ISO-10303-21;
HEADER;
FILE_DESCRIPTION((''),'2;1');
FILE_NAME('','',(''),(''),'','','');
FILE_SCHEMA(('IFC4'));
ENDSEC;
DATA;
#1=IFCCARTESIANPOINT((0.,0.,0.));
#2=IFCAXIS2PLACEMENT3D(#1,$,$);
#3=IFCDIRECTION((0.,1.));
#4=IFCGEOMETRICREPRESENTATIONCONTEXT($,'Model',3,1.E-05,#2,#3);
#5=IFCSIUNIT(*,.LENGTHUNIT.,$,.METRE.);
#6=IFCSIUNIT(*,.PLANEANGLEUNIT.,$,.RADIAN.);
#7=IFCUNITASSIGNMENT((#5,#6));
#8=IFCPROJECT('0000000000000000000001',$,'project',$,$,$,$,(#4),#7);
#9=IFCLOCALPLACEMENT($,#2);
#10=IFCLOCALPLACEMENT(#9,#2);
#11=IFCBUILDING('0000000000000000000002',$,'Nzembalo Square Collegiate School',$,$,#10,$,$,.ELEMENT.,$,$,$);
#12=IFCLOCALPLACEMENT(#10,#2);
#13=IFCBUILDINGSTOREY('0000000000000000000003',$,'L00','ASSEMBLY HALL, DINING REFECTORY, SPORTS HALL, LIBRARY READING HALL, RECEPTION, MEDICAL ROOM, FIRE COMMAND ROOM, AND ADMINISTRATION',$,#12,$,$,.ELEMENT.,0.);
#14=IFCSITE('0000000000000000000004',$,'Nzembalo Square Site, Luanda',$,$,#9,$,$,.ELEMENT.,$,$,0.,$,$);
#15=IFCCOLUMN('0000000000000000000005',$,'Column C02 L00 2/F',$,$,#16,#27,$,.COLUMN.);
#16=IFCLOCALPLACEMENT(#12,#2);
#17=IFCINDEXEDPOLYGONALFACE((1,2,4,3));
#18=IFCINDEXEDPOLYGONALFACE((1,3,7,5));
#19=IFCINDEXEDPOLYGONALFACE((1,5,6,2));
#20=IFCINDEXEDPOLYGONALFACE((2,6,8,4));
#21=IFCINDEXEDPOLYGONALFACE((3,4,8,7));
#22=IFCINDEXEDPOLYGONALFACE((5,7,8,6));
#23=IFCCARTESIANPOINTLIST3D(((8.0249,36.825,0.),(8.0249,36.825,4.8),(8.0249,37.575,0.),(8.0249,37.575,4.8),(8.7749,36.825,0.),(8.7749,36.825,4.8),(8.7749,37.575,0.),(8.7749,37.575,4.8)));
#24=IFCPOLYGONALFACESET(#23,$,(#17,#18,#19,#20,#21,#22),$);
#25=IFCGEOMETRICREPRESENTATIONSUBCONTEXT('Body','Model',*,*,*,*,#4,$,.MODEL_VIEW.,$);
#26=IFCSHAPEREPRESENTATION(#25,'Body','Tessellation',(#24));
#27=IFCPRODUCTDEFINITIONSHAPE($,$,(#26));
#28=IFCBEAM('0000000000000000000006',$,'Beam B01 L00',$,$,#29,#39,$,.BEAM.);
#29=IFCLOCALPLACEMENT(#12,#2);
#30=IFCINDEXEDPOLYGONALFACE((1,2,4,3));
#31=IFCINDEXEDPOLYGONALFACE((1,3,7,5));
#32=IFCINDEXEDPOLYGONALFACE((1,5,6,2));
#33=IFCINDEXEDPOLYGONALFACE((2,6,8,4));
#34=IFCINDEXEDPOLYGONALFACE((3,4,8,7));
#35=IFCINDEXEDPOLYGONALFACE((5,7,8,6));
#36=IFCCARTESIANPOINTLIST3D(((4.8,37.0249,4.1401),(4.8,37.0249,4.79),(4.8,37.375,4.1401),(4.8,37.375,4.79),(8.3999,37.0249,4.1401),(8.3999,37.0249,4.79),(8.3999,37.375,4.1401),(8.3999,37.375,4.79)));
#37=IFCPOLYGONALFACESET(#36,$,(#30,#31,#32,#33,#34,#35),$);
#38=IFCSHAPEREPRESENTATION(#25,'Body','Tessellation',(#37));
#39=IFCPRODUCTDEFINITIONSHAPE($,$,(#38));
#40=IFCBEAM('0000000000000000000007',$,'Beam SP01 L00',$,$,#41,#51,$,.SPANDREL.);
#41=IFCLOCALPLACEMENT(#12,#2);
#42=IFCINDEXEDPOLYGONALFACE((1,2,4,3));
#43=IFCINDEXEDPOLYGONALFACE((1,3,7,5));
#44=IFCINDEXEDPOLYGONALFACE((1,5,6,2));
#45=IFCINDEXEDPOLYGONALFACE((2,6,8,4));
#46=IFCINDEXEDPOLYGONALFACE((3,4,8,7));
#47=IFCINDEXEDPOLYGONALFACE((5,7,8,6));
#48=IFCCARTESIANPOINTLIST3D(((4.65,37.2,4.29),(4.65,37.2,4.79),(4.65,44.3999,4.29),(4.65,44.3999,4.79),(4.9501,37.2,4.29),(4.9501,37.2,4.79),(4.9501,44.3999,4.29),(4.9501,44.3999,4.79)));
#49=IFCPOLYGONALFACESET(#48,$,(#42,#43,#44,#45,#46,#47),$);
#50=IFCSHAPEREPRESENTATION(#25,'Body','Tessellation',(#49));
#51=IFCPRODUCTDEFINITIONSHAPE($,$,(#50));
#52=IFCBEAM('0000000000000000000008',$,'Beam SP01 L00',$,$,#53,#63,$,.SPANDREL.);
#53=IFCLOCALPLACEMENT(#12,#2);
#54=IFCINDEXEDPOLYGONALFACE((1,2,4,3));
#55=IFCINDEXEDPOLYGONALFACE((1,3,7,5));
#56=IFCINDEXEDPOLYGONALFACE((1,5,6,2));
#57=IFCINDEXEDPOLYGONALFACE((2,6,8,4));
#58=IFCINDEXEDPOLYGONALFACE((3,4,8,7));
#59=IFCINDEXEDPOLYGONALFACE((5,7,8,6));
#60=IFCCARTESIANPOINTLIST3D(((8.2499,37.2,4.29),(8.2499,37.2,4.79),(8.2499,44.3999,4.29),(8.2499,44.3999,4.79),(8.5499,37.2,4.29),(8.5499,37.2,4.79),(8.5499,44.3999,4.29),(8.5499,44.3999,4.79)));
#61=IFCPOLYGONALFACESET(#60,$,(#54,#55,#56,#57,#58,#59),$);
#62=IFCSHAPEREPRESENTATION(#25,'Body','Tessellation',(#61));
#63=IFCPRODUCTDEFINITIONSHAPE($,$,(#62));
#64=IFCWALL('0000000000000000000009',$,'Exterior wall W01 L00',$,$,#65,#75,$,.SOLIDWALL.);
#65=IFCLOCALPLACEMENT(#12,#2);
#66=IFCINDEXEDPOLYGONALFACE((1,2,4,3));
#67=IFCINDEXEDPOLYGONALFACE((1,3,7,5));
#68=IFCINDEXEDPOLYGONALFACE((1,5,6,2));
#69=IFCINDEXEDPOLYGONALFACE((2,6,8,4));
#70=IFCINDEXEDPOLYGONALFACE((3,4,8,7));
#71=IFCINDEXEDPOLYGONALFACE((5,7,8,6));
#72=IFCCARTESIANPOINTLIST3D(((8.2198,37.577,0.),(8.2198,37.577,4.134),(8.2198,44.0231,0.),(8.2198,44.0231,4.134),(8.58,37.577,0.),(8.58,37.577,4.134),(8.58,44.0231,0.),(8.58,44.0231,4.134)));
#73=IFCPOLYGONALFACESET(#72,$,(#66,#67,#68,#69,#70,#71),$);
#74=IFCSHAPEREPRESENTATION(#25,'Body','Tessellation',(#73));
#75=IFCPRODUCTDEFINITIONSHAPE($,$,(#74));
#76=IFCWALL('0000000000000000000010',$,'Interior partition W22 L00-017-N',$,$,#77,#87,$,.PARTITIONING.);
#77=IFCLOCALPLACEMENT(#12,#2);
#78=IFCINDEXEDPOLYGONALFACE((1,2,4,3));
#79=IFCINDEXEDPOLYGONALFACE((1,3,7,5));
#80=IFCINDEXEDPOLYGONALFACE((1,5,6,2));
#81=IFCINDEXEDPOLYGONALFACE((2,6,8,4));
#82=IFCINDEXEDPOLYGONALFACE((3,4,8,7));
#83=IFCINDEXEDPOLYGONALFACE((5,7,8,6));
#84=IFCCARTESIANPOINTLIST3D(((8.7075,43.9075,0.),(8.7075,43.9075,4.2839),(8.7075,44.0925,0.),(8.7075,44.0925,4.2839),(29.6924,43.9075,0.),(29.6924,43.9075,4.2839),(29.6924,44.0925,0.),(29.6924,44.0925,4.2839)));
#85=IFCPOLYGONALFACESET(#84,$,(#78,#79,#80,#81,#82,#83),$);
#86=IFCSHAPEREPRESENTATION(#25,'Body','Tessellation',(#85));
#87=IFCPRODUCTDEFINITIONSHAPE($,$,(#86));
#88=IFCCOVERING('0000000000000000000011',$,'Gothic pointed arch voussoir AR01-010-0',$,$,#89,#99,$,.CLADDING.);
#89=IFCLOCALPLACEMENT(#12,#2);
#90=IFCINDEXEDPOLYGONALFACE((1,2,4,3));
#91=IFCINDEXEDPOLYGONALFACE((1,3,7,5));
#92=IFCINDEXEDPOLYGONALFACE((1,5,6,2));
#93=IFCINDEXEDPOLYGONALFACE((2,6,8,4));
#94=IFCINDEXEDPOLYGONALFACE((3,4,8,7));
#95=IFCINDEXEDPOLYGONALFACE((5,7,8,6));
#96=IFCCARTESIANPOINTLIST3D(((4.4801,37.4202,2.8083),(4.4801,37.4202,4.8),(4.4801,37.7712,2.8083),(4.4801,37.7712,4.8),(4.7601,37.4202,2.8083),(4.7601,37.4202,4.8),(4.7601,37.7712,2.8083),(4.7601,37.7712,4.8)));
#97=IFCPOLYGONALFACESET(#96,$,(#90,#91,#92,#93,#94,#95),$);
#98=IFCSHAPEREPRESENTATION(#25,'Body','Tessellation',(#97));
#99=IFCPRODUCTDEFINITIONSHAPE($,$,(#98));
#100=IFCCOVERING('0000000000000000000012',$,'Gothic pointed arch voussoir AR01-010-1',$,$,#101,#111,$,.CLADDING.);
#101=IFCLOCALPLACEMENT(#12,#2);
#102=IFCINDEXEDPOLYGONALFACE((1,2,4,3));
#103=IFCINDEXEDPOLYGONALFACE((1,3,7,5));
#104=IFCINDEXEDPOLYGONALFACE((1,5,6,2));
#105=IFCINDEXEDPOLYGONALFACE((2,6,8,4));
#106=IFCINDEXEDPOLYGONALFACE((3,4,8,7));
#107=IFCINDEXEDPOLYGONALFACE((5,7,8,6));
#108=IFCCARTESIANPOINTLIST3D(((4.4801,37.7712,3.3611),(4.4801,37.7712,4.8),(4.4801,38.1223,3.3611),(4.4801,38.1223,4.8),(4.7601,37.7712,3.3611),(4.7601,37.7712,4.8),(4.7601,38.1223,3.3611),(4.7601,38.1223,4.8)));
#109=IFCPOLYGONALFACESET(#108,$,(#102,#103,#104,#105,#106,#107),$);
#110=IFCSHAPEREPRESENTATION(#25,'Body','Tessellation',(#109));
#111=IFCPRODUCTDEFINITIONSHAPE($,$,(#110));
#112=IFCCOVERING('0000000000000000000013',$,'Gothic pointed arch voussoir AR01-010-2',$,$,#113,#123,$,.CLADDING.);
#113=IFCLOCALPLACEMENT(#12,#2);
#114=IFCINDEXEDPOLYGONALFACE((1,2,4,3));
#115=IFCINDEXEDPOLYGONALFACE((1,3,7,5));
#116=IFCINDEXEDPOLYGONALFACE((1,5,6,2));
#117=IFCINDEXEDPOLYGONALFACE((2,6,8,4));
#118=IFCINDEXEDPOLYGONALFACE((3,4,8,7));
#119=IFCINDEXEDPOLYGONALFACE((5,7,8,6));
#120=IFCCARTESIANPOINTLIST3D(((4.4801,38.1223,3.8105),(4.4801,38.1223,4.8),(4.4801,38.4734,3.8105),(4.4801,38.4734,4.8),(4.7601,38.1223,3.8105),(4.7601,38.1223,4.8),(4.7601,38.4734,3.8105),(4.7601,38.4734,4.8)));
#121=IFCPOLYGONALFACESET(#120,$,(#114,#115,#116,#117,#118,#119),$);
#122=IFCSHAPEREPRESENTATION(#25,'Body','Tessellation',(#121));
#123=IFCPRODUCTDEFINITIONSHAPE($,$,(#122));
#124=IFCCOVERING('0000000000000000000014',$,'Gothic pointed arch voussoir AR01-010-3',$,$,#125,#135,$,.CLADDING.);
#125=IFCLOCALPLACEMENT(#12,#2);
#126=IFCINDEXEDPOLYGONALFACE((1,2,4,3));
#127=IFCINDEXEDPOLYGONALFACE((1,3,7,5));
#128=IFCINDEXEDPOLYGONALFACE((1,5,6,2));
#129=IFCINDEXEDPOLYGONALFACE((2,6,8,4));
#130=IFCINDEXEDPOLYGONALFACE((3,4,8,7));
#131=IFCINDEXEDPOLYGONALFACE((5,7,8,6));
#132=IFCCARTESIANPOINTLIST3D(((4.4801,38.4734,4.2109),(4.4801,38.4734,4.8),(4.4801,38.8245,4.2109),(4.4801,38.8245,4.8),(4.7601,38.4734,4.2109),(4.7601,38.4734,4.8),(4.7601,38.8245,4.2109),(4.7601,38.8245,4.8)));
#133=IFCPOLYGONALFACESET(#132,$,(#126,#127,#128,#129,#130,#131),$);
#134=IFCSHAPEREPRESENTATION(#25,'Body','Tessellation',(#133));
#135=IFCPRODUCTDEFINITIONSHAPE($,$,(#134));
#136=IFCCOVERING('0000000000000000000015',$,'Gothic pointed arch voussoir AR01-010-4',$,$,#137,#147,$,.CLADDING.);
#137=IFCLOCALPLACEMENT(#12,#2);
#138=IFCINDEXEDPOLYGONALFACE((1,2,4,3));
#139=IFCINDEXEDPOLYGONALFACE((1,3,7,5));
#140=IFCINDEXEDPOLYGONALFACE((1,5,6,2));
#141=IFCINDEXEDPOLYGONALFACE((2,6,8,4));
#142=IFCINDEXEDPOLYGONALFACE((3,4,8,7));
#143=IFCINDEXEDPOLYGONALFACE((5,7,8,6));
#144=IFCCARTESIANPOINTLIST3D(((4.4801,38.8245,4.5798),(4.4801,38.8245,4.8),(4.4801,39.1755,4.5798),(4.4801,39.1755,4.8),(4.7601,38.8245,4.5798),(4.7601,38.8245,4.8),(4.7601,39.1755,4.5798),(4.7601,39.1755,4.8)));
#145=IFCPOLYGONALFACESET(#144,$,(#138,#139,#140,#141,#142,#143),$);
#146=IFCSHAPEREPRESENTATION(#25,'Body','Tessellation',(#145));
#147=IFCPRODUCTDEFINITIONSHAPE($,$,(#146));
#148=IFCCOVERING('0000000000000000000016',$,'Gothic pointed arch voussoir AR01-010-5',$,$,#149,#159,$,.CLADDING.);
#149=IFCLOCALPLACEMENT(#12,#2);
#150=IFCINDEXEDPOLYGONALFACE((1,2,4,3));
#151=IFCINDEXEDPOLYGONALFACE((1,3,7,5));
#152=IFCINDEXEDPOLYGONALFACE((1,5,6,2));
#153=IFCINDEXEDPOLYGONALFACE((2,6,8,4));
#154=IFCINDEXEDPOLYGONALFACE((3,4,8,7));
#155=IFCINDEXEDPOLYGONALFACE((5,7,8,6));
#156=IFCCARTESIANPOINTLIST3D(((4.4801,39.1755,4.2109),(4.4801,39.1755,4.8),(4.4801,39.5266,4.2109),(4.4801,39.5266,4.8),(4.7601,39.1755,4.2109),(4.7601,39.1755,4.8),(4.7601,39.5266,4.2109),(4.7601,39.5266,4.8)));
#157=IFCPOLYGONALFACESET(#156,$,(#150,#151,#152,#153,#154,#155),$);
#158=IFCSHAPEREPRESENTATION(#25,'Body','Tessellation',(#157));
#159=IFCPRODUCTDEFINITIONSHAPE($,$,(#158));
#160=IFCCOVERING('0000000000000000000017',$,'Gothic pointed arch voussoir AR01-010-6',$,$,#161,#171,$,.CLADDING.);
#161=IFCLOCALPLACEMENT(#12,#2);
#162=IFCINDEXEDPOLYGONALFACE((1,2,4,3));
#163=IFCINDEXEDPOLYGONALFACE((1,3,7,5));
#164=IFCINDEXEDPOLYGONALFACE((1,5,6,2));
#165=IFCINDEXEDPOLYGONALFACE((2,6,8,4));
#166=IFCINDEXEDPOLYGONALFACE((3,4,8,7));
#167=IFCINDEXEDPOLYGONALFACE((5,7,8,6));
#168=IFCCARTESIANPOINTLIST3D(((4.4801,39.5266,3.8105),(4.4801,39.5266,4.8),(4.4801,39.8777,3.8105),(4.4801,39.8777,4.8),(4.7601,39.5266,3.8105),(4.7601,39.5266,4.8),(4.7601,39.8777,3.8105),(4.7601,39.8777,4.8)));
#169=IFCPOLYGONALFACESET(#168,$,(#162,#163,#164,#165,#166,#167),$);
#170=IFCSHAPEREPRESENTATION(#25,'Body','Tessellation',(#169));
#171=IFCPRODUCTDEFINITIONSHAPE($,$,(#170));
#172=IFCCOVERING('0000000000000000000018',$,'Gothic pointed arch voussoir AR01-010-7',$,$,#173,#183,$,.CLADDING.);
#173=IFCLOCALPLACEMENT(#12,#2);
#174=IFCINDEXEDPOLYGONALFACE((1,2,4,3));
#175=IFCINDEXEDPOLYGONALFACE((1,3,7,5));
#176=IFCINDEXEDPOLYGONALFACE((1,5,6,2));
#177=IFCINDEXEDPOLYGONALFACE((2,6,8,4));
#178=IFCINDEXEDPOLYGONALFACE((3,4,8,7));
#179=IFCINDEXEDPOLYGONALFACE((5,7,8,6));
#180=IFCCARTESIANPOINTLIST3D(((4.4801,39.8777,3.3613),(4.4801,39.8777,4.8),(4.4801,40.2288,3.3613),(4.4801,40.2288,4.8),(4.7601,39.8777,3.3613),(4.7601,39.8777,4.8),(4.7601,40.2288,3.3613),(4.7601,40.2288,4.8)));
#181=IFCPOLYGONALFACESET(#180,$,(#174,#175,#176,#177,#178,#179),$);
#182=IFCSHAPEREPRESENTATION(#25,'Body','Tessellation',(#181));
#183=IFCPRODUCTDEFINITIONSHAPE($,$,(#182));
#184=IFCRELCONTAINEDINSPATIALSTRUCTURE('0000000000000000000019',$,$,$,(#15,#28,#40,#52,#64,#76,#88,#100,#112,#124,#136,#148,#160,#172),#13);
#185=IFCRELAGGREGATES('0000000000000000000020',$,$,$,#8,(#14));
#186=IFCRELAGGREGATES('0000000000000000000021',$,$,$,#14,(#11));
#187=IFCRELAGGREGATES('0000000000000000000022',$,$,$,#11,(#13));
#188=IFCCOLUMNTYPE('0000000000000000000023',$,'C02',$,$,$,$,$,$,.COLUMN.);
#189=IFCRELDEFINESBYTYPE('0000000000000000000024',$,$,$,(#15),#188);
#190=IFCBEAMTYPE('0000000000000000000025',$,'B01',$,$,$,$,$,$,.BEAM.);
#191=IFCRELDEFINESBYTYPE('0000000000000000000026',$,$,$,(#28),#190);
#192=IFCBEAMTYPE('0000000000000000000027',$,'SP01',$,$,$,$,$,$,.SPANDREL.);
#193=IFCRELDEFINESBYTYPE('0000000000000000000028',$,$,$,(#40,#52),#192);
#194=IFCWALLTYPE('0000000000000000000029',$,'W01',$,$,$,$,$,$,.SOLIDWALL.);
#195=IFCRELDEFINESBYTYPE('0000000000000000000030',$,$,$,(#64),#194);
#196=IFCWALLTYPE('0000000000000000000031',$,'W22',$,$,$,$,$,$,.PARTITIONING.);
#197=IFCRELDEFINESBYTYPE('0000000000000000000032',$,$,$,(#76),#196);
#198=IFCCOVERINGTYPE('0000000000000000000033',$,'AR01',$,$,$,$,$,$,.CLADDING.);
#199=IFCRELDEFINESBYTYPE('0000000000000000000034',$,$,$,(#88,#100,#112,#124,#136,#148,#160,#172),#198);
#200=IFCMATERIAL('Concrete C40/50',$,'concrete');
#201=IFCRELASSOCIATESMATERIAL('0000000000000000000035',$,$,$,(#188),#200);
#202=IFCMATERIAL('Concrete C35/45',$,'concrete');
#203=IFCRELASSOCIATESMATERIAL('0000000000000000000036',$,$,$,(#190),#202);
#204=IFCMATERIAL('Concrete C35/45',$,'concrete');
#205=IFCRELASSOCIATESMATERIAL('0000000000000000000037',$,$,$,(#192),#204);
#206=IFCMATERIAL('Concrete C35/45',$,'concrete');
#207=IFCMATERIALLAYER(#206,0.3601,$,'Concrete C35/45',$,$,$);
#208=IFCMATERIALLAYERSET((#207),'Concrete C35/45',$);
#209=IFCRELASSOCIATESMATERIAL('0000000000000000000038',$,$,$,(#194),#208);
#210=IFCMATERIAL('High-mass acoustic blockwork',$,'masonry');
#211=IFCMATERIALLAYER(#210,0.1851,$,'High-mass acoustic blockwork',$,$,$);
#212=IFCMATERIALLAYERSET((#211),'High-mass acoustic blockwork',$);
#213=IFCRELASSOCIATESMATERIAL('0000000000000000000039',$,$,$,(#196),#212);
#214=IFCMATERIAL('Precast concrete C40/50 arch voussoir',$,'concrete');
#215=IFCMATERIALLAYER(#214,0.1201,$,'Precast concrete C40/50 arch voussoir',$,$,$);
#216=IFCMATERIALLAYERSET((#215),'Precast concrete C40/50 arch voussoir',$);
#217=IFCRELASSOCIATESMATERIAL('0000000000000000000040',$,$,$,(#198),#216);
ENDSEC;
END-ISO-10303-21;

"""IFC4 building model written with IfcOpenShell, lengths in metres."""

from ifc_helpers import new_model, si_unit, direction, frame, frame_2d, origin, origin_2d, place, context, subcontext, project, spatial, rectangle, extrude, material, layer, layer_set, material_profile, profile_set, type_object, element, save


model = new_model("IFC4")

# Units and contexts
model_context = context("Model", 3, precision=1e-05, world=origin(), true_north=direction((0.0, 1.0)))
body_context = subcontext(model_context, "Body", "Model", "MODEL_VIEW")
ifc_project = project(units=[si_unit("LENGTHUNIT", "METRE"), si_unit("PLANEANGLEUNIT", "RADIAN")], contexts=[model_context])

# Site, building, storey
site_placement = place(None, origin())
site = spatial("IfcSite", under=ifc_project, at=site_placement, Name="Nzembalo Square Site, Luanda", CompositionType="ELEMENT", RefElevation=0.0)
building_placement = place(site_placement, origin())
building = spatial("IfcBuilding", under=site, at=building_placement, Name="Nzembalo Square Collegiate School", CompositionType="ELEMENT")
storey_placement = place(building_placement, origin())
storey = spatial("IfcBuildingStorey", under=building, at=storey_placement, Name="L00", Description="ASSEMBLY HALL, DINING REFECTORY, SPORTS HALL, LIBRARY READING HALL, RECEPTION, MEDICAL ROOM, FIRE COMMAND ROOM, AND ADMINISTRATION", CompositionType="ELEMENT", Elevation=0.0)

# Column
ifc_material_1 = material(Name="Concrete C40/50", Category="concrete")
ifc_material_profile_1 = material_profile(ifc_material_1, rectangle(XDim=0.75, YDim=0.75, at=origin_2d()), Name="RC 750x750")
ifc_profile_set_1 = profile_set([ifc_material_profile_1], Name="Concrete C40/50")
column_type = type_object("IfcColumnType", Name="C02", PredefinedType="COLUMN", material=ifc_profile_set_1)
column_placement = place(storey_placement, frame((8.3999, 37.2, 0.0), z_axis=(0.0, 0.0, 1.0), x_axis=(1.0, 0.0, 0.0)))
element("IfcColumn", 1, at=column_placement, inside=storey, type_object=column_type, Name="Column C02 L00 2/F", PredefinedType="COLUMN", context=body_context, shape_type="SweptSolid", body=[
    extrude(rectangle(XDim=0.75, YDim=0.75, at=origin_2d()), origin(), (0.0, 0.0, 1.0), 4.8),
])

# Beams
ifc_material_2 = material(Name="Concrete C35/45", Category="concrete")
ifc_material_profile_2 = material_profile(ifc_material_2, rectangle(XDim=0.3501, YDim=0.6499, at=origin_2d()), Name="RC 350x650")
ifc_profile_set_2 = profile_set([ifc_material_profile_2], Name="Concrete C35/45")
beam_type_1 = type_object("IfcBeamType", Name="B01", PredefinedType="BEAM", material=ifc_profile_set_2)
beam_placement = place(storey_placement, frame((4.8, 37.2, 4.4651), z_axis=(1.0, 0.0, 0.0), x_axis=(0.0, 1.0, 0.0)))
element("IfcBeam", 2, at=beam_placement, inside=storey, type_object=beam_type_1, Name="Beam B01 L00", PredefinedType="BEAM", context=body_context, shape_type="SweptSolid", body=[
    extrude(rectangle(XDim=0.3501, YDim=0.6499, at=origin_2d()), origin(), (0.0, 0.0, 1.0), 3.5999),
])
ifc_material_3 = material(Name="Concrete C35/45", Category="concrete")
ifc_material_profile_3 = material_profile(ifc_material_3, rectangle(XDim=0.3, YDim=0.5, at=origin_2d()), Name="RC 300x500")
ifc_profile_set_3 = profile_set([ifc_material_profile_3], Name="Concrete C35/45")
beam_type_2 = type_object("IfcBeamType", Name="SP01", PredefinedType="SPANDREL", material=ifc_profile_set_3)
for number, where, z_axis, x_axis, name in (
    (3, (4.8, 37.2, 4.54), (0.0, 1.0, 0.0), (-1.0, 0.0, 0.0), "Beam SP01 L00"),
    (4, (8.3999, 37.2, 4.54), (0.0, 1.0, 0.0), (-1.0, 0.0, 0.0), "Beam SP01 L00"),
):
    element("IfcBeam", number, at=place(storey_placement, frame(where, z_axis=z_axis, x_axis=x_axis)), inside=storey, type_object=beam_type_2, Name=name, PredefinedType="SPANDREL", context=body_context, shape_type="SweptSolid", body=[
        extrude(rectangle(XDim=0.3, YDim=0.5, at=origin_2d()), origin(), (0.0, 0.0, 1.0), 7.2),
    ])

# Walls
ifc_material_4 = material(Name="Concrete C35/45", Category="concrete")
ifc_layer_1 = layer(ifc_material_4, 0.3601, Name="Concrete C35/45")
ifc_layer_set_1 = layer_set([ifc_layer_1], Name="Concrete C35/45")
wall_type_1 = type_object("IfcWallType", Name="W01", PredefinedType="SOLIDWALL", material=ifc_layer_set_1)
wall_1_placement = place(storey_placement, frame((8.3999, 37.5769, 0.0), z_axis=(0.0, 0.0, 1.0), x_axis=(0.0, 1.0, 0.0)))
element("IfcWall", 5, at=wall_1_placement, inside=storey, type_object=wall_type_1, Name="Exterior wall W01 L00", PredefinedType="SOLIDWALL", context=body_context, shape_type="SweptSolid", body=[
    extrude(rectangle(XDim=6.446, YDim=0.3601, at=frame_2d((3.2231, 0.0))), origin(), (0.0, 0.0, 1.0), 4.134),
])
ifc_material_5 = material(Name="High-mass acoustic blockwork", Category="masonry")
ifc_layer_2 = layer(ifc_material_5, 0.1851, Name="High-mass acoustic blockwork")
ifc_layer_set_2 = layer_set([ifc_layer_2], Name="High-mass acoustic blockwork")
wall_type_2 = type_object("IfcWallType", Name="W22", PredefinedType="PARTITIONING", material=ifc_layer_set_2)
wall_2_placement = place(storey_placement, frame((8.7075, 44.0, 0.0), z_axis=(0.0, 0.0, 1.0), x_axis=(1.0, 0.0, 0.0)))
element("IfcWall", 6, at=wall_2_placement, inside=storey, type_object=wall_type_2, Name="Interior partition W22 L00-017-N", PredefinedType="PARTITIONING", context=body_context, shape_type="SweptSolid", body=[
    extrude(rectangle(XDim=20.9849, YDim=0.1851, at=frame_2d((10.4924, 0.0))), origin(), (0.0, 0.0, 1.0), 4.2839),
])

# Coverings
ifc_material_6 = material(Name="Precast concrete C40/50 arch voussoir", Category="concrete")
ifc_layer_3 = layer(ifc_material_6, 0.1201, Name="Precast concrete C40/50 arch voussoir")
ifc_layer_set_3 = layer_set([ifc_layer_3], Name="Precast concrete C40/50 arch voussoir")
covering_type = type_object("IfcCoveringType", Name="AR01", PredefinedType="CLADDING", material=ifc_layer_set_3)
covering_1_placement = place(storey_placement, frame((4.6201, 37.5957, 2.8083), z_axis=(0.0, 0.0, 1.0), x_axis=(1.0, 0.0, 0.0)))
element("IfcCovering", 7, at=covering_1_placement, inside=storey, type_object=covering_type, Name="Gothic pointed arch voussoir AR01-010-0", PredefinedType="CLADDING", context=body_context, shape_type="SweptSolid", body=[
    extrude(rectangle(XDim=0.28, YDim=0.3511, at=origin_2d()), origin(), (0.0, 0.0, 1.0), 1.9917),
])
covering_2_placement = place(storey_placement, frame((4.6201, 37.9468, 3.3611), z_axis=(0.0, 0.0, 1.0), x_axis=(1.0, 0.0, 0.0)))
element("IfcCovering", 8, at=covering_2_placement, inside=storey, type_object=covering_type, Name="Gothic pointed arch voussoir AR01-010-1", PredefinedType="CLADDING", context=body_context, shape_type="SweptSolid", body=[
    extrude(rectangle(XDim=0.28, YDim=0.3511, at=origin_2d()), origin(), (0.0, 0.0, 1.0), 1.439),
])
covering_3_placement = place(storey_placement, frame((4.6201, 38.2979, 3.8105), z_axis=(0.0, 0.0, 1.0), x_axis=(1.0, 0.0, 0.0)))
element("IfcCovering", 9, at=covering_3_placement, inside=storey, type_object=covering_type, Name="Gothic pointed arch voussoir AR01-010-2", PredefinedType="CLADDING", context=body_context, shape_type="SweptSolid", body=[
    extrude(rectangle(XDim=0.28, YDim=0.3511, at=origin_2d()), origin(), (0.0, 0.0, 1.0), 0.9895),
])
covering_4_placement = place(storey_placement, frame((4.6201, 38.6489, 4.2109), z_axis=(0.0, 0.0, 1.0), x_axis=(1.0, 0.0, 0.0)))
element("IfcCovering", 10, at=covering_4_placement, inside=storey, type_object=covering_type, Name="Gothic pointed arch voussoir AR01-010-3", PredefinedType="CLADDING", context=body_context, shape_type="SweptSolid", body=[
    extrude(rectangle(XDim=0.28, YDim=0.3511, at=origin_2d()), origin(), (0.0, 0.0, 1.0), 0.5891),
])
covering_5_placement = place(storey_placement, frame((4.6201, 39.0, 4.5798), z_axis=(0.0, 0.0, 1.0), x_axis=(1.0, 0.0, 0.0)))
element("IfcCovering", 11, at=covering_5_placement, inside=storey, type_object=covering_type, Name="Gothic pointed arch voussoir AR01-010-4", PredefinedType="CLADDING", context=body_context, shape_type="SweptSolid", body=[
    extrude(rectangle(XDim=0.28, YDim=0.3511, at=origin_2d()), origin(), (0.0, 0.0, 1.0), 0.2202),
])
covering_6_placement = place(storey_placement, frame((4.6201, 39.3511, 4.2109), z_axis=(0.0, 0.0, 1.0), x_axis=(1.0, 0.0, 0.0)))
element("IfcCovering", 12, at=covering_6_placement, inside=storey, type_object=covering_type, Name="Gothic pointed arch voussoir AR01-010-5", PredefinedType="CLADDING", context=body_context, shape_type="SweptSolid", body=[
    extrude(rectangle(XDim=0.28, YDim=0.3511, at=origin_2d()), origin(), (0.0, 0.0, 1.0), 0.5891),
])
covering_7_placement = place(storey_placement, frame((4.6201, 39.7021, 3.8105), z_axis=(0.0, 0.0, 1.0), x_axis=(1.0, 0.0, 0.0)))
element("IfcCovering", 13, at=covering_7_placement, inside=storey, type_object=covering_type, Name="Gothic pointed arch voussoir AR01-010-6", PredefinedType="CLADDING", context=body_context, shape_type="SweptSolid", body=[
    extrude(rectangle(XDim=0.28, YDim=0.3511, at=origin_2d()), origin(), (0.0, 0.0, 1.0), 0.9895),
])
covering_8_placement = place(storey_placement, frame((4.6201, 40.0532, 3.3613), z_axis=(0.0, 0.0, 1.0), x_axis=(1.0, 0.0, 0.0)))
element("IfcCovering", 14, at=covering_8_placement, inside=storey, type_object=covering_type, Name="Gothic pointed arch voussoir AR01-010-7", PredefinedType="CLADDING", context=body_context, shape_type="SweptSolid", body=[
    extrude(rectangle(XDim=0.28, YDim=0.3511, at=origin_2d()), origin(), (0.0, 0.0, 1.0), 1.4387),
])

save(model, "model.ifc")
